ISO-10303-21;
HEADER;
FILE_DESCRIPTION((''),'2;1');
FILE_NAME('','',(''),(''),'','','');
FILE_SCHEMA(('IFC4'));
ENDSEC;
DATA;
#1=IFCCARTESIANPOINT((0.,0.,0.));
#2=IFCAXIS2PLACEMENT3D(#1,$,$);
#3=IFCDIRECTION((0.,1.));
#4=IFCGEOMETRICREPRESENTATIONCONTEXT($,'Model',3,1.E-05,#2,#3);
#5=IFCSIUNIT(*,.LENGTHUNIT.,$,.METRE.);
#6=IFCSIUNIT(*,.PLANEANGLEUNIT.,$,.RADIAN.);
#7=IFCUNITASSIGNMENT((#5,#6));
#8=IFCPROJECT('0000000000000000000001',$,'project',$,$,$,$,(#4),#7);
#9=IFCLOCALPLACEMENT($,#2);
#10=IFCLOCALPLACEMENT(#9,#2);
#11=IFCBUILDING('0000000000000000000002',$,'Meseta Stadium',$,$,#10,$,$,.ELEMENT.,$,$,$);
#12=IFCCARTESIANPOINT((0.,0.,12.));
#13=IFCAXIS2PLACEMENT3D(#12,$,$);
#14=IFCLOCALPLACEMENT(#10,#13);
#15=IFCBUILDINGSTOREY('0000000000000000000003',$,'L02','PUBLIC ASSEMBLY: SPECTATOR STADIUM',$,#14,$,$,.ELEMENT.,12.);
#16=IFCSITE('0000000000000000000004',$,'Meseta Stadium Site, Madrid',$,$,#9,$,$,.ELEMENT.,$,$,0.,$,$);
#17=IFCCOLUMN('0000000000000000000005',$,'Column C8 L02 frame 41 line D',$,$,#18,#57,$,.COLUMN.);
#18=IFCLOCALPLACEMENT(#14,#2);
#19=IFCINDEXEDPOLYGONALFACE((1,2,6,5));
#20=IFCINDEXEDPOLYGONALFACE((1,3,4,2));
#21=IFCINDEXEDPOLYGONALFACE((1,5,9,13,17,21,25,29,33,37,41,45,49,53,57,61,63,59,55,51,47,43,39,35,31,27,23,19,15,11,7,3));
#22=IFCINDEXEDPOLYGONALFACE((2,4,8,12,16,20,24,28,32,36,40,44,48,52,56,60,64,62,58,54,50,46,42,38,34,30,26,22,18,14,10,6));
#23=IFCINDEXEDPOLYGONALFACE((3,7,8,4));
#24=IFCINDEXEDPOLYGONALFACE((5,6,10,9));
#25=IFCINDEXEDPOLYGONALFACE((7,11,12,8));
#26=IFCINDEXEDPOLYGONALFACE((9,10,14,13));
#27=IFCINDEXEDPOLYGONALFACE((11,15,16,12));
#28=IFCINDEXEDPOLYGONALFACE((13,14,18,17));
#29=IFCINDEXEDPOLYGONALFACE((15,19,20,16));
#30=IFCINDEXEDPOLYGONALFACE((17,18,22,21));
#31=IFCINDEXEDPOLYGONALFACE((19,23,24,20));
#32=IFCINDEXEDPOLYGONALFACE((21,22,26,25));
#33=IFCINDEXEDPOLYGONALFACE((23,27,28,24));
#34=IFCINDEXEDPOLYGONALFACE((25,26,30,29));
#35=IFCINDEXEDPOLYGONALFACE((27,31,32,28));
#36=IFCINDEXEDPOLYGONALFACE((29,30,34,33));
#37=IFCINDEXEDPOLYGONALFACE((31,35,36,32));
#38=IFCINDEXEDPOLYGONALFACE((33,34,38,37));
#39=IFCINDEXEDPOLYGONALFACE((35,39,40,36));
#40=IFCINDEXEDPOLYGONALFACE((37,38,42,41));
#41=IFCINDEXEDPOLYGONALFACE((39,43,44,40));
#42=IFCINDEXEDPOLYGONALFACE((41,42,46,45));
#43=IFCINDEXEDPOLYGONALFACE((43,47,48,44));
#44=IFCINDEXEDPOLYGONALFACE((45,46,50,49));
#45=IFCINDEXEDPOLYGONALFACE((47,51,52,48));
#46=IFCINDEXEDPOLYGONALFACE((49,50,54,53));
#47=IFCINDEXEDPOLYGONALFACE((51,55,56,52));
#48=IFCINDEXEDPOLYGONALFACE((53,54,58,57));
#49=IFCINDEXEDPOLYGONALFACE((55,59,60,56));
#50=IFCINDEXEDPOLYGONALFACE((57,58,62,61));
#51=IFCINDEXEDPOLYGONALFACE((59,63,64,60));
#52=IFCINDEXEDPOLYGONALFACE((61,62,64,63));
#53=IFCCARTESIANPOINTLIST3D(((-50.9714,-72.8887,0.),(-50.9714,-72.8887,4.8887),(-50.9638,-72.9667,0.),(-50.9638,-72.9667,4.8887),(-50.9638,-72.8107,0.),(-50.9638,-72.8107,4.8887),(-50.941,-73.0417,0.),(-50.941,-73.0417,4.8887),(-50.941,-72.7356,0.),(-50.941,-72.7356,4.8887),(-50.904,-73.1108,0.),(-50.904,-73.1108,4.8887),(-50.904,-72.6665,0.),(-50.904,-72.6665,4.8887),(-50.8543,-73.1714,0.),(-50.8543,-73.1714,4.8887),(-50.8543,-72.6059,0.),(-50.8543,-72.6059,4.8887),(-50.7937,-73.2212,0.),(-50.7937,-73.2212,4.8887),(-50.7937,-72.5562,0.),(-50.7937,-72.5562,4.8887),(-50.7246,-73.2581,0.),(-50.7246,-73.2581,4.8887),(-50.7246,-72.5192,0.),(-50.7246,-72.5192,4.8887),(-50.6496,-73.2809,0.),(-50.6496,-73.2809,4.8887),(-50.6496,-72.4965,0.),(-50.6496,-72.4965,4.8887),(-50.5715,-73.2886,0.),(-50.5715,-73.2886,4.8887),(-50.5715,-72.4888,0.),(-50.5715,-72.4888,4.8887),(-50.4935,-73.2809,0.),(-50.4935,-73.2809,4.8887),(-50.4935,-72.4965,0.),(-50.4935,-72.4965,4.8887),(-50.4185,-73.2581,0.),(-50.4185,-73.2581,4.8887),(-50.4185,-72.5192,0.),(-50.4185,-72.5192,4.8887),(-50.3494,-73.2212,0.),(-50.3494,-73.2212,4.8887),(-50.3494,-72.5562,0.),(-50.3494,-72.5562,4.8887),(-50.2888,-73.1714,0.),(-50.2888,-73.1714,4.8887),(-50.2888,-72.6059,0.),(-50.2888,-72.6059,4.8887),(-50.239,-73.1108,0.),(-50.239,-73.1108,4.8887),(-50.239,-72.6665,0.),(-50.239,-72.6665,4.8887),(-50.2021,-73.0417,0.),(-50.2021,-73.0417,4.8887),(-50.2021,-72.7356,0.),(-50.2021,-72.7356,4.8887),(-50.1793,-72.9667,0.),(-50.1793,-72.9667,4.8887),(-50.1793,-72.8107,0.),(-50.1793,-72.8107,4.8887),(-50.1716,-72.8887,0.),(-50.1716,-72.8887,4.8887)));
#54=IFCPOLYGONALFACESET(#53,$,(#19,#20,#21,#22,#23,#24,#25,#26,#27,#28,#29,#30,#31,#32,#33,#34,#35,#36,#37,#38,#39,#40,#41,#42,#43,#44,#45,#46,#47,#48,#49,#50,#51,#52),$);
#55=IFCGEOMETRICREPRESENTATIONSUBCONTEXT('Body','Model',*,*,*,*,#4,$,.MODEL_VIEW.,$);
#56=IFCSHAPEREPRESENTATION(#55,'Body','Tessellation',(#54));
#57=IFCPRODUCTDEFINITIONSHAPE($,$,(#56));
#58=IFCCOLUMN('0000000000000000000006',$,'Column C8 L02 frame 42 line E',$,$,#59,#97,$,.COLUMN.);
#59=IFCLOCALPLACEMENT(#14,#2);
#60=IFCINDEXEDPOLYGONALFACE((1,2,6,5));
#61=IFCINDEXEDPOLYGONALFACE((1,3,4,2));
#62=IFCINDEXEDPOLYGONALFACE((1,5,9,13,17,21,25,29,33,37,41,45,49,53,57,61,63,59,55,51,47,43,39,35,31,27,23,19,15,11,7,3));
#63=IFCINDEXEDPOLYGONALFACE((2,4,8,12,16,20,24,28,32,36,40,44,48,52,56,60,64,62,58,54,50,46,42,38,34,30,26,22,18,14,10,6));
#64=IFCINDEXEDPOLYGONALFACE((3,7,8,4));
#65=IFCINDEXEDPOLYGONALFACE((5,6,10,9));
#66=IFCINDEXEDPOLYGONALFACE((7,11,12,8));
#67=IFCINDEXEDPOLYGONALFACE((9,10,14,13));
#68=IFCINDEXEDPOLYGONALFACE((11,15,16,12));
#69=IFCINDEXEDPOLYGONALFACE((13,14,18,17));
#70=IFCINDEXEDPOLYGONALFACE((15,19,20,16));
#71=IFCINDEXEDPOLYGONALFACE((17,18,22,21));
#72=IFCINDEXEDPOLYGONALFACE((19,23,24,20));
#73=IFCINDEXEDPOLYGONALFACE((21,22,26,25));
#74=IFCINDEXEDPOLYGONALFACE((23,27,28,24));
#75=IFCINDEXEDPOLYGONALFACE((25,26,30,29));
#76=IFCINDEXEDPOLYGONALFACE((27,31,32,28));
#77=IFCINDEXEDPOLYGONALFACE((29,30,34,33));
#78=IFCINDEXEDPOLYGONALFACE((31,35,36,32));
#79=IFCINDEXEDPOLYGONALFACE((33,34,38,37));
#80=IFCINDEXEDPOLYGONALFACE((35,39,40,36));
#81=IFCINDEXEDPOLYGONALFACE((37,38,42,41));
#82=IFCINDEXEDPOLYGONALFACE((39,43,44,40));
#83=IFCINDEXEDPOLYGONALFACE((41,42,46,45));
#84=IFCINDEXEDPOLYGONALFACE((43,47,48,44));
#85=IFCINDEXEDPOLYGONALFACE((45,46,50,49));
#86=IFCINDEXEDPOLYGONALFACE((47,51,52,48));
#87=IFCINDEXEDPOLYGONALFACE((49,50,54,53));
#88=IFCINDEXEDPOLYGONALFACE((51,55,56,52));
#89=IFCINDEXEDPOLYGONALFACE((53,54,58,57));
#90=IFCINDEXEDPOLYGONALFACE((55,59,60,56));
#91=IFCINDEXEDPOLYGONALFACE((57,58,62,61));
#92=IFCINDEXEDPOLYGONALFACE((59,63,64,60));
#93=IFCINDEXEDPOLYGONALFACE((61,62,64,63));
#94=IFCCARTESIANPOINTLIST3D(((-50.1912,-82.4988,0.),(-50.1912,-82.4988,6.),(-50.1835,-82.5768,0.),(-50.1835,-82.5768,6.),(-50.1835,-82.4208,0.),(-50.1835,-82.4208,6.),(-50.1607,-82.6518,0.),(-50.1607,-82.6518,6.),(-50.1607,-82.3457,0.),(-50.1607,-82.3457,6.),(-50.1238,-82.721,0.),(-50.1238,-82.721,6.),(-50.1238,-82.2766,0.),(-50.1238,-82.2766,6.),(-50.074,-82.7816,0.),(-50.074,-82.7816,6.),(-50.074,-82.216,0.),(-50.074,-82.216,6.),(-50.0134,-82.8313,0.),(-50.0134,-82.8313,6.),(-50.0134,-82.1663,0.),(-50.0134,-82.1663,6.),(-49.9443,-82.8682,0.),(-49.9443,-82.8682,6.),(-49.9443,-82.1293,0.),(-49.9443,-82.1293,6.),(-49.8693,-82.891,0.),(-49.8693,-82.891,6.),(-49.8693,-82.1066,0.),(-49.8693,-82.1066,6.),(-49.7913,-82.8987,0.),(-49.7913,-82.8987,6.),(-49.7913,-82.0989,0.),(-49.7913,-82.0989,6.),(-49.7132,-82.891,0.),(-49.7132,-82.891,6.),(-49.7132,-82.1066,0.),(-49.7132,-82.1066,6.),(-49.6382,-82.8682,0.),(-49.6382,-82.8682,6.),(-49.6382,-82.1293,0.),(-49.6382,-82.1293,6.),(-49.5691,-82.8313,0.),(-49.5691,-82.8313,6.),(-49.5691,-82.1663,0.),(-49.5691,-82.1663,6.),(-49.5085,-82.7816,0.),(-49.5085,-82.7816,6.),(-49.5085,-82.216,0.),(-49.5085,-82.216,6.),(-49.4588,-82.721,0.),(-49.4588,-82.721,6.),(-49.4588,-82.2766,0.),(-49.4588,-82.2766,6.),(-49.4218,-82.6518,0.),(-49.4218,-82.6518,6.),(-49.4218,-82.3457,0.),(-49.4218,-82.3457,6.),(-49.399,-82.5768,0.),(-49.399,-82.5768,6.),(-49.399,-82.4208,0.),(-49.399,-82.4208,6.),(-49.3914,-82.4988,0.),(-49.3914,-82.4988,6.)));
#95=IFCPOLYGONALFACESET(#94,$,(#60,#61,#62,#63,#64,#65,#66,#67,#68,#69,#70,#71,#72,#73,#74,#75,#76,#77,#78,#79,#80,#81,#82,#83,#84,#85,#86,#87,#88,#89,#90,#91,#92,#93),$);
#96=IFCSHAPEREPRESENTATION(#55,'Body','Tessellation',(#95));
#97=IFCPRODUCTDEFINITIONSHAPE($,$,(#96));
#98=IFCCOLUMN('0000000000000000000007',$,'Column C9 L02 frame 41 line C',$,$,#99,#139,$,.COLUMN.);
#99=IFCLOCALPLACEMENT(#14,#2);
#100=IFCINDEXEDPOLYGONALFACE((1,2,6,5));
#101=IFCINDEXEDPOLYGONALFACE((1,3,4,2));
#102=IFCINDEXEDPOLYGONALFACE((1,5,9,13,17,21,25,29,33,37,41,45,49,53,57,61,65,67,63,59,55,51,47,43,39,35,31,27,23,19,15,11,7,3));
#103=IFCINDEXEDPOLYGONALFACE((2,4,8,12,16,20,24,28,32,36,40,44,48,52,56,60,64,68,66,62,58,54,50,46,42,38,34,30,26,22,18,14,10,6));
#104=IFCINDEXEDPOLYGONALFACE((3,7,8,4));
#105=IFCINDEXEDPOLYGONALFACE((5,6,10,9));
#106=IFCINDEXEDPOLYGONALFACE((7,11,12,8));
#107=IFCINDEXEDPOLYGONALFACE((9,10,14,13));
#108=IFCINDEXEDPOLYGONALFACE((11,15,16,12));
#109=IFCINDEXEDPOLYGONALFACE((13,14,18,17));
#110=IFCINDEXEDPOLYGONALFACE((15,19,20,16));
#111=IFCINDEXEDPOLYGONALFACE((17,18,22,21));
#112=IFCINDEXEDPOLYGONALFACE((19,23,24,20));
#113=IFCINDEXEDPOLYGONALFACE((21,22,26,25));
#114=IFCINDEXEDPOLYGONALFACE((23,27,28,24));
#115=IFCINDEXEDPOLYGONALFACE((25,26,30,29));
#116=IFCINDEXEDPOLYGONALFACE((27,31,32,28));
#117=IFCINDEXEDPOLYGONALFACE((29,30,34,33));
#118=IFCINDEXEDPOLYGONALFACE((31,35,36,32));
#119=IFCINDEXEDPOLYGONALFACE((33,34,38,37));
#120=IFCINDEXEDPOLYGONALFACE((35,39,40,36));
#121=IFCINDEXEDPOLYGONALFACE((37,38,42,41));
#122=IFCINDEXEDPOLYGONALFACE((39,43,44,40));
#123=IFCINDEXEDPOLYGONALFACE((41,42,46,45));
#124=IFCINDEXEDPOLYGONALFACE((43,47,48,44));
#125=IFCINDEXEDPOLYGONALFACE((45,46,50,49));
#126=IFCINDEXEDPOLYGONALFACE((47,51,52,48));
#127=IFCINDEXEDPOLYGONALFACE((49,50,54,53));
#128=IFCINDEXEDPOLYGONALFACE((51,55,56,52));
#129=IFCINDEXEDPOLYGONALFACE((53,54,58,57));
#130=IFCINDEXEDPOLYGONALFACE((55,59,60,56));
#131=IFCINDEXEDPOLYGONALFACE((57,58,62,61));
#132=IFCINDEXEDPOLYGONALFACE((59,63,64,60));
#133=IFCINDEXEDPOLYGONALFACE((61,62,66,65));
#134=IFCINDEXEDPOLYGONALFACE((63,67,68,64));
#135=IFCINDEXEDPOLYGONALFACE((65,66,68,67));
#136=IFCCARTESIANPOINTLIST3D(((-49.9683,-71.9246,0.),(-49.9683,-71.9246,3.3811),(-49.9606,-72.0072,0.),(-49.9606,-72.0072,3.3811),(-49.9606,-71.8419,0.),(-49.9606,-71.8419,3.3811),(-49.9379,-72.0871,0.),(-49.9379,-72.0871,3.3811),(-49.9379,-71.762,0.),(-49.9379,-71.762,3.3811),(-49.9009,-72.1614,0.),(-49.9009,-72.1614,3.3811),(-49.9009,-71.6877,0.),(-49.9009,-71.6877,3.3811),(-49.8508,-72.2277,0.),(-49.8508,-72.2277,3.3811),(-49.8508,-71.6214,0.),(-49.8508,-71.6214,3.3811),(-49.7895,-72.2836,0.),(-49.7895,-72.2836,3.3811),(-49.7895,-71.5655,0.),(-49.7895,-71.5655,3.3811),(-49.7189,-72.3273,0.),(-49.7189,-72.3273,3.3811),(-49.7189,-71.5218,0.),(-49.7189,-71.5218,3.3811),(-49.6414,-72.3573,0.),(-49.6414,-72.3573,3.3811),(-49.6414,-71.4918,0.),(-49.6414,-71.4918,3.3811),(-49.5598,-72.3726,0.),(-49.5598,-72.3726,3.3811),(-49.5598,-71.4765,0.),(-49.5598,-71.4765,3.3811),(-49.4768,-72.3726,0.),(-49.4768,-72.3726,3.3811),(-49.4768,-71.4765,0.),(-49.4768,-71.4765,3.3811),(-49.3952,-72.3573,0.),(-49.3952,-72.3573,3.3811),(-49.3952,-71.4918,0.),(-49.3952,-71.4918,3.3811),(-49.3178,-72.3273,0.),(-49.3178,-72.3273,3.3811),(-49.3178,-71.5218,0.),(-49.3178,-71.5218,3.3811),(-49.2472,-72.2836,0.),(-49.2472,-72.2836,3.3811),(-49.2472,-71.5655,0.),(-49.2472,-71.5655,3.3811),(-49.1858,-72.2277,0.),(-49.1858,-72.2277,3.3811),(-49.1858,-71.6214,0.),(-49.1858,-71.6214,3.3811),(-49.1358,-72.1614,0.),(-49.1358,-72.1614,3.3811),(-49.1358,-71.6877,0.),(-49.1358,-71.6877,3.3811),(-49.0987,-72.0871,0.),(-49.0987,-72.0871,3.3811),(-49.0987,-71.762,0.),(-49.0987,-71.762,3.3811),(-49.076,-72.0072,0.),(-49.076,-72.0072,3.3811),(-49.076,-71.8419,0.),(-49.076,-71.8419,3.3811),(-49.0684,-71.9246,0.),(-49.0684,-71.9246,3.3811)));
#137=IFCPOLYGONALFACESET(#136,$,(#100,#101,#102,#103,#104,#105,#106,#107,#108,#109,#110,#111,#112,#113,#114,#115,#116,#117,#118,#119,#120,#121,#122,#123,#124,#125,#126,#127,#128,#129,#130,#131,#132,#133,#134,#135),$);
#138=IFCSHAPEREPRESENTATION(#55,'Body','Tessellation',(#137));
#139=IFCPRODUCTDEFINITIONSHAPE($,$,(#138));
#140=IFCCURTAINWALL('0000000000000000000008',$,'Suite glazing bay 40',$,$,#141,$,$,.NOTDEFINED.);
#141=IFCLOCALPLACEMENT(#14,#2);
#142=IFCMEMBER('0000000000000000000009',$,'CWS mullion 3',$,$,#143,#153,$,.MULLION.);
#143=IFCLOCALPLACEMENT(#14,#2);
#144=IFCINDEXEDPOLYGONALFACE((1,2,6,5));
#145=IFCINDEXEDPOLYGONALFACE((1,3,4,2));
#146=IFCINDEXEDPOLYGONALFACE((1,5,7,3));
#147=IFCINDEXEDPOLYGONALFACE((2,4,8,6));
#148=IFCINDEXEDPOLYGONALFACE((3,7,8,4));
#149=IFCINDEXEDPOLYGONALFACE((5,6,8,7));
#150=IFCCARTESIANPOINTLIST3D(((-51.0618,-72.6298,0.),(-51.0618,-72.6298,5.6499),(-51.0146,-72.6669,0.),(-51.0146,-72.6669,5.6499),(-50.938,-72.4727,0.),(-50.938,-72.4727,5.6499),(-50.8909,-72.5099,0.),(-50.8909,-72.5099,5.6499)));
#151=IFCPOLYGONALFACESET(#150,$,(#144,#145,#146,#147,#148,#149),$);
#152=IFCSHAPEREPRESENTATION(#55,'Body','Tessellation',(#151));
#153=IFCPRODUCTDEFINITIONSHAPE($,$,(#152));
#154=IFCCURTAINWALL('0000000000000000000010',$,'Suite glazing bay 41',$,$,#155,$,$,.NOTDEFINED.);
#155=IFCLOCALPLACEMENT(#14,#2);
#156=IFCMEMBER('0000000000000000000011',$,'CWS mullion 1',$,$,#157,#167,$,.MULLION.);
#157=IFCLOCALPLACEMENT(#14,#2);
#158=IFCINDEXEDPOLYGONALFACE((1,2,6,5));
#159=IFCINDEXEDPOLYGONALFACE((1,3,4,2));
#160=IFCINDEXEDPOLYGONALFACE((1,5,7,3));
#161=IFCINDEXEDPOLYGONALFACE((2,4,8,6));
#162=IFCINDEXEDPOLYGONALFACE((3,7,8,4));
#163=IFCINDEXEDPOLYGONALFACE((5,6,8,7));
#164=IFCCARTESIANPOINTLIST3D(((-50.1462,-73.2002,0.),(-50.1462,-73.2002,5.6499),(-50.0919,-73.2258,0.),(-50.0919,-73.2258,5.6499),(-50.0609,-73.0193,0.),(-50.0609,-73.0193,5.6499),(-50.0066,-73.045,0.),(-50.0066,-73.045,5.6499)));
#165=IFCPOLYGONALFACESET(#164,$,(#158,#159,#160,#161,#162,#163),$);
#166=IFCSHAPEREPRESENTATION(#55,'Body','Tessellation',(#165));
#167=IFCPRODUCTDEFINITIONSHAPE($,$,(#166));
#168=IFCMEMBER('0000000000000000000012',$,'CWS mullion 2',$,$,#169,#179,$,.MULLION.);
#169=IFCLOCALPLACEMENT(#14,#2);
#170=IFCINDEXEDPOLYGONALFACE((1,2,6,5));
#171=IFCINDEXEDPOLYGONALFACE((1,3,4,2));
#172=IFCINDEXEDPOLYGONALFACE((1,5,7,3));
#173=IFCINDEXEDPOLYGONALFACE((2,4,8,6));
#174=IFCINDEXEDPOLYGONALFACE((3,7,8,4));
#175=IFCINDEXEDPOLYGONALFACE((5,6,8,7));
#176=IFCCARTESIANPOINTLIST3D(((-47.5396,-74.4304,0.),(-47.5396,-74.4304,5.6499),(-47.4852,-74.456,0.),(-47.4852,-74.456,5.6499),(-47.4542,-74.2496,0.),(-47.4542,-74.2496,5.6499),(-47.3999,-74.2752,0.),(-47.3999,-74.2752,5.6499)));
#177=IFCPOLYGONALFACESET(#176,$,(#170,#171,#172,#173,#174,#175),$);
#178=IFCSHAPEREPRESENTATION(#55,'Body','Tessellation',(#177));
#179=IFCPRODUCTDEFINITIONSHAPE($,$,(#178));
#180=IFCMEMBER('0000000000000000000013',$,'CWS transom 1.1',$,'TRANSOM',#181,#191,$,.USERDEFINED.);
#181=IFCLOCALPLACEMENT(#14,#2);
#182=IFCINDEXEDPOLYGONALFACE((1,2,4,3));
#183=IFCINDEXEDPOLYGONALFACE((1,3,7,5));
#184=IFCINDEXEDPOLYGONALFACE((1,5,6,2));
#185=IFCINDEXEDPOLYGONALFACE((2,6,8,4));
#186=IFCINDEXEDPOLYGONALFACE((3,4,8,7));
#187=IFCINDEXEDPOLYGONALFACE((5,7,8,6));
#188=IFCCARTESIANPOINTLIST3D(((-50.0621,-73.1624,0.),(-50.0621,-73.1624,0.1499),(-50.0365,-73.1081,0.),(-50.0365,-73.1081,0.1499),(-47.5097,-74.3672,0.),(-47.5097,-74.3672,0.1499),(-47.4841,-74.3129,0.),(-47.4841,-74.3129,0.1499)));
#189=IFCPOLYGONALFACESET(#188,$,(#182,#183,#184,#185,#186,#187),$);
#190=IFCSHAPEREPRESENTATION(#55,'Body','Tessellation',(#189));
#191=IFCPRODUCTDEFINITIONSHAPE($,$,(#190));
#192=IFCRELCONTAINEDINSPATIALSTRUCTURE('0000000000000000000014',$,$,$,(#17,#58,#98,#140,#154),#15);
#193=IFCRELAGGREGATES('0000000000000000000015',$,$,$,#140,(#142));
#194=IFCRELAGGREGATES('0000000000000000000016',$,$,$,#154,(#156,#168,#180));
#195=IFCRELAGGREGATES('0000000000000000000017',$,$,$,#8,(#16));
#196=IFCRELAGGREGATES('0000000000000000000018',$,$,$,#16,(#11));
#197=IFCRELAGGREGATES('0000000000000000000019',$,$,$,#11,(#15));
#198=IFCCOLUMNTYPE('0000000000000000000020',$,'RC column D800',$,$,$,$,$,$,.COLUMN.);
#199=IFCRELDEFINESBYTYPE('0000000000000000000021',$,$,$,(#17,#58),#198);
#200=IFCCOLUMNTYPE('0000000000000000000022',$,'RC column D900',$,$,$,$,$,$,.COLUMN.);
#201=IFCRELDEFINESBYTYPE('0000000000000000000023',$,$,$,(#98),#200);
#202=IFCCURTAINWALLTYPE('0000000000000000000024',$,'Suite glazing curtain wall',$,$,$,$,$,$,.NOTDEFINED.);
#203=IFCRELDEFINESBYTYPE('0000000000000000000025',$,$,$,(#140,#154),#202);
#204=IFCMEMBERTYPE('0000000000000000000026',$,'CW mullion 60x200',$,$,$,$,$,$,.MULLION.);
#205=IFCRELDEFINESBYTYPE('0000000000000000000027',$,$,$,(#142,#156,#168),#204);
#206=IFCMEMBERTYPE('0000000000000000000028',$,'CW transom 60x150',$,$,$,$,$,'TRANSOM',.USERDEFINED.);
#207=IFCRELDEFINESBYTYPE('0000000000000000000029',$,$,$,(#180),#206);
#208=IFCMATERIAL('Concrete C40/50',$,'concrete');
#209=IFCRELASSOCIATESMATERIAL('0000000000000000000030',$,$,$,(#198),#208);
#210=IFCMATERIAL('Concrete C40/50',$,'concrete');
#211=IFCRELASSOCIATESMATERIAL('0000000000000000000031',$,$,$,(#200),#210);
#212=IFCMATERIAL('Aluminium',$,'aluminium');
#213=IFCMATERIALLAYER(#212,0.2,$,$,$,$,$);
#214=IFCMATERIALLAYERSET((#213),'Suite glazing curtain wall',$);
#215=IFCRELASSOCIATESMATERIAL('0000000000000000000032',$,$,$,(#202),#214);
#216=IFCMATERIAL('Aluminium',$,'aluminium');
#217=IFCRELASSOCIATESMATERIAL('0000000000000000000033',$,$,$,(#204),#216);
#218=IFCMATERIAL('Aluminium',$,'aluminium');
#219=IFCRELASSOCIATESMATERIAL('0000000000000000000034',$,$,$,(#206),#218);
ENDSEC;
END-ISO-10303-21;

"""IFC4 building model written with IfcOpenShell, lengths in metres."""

from ifc_helpers import new_model, si_unit, direction, frame, origin, origin_2d, place, context, subcontext, project, spatial, rectangle, circle, extrude, material, layer, layer_set, material_profile, profile_set, type_object, element, aggregate, save


model = new_model("IFC4")

# Units and contexts
model_context = context("Model", 3, precision=1e-05, world=origin(), true_north=direction((0.0, 1.0)))
body_context = subcontext(model_context, "Body", "Model", "MODEL_VIEW")
ifc_project = project(units=[si_unit("LENGTHUNIT", "METRE"), si_unit("PLANEANGLEUNIT", "RADIAN")], contexts=[model_context])

# Site, building, storey
site_placement = place(None, origin())
site = spatial("IfcSite", under=ifc_project, at=site_placement, Name="Meseta Stadium Site, Madrid", CompositionType="ELEMENT", RefElevation=0.0)
building_placement = place(site_placement, origin())
building = spatial("IfcBuilding", under=site, at=building_placement, Name="Meseta Stadium", CompositionType="ELEMENT")
storey_placement = place(building_placement, frame((0.0, 0.0, 12.0)))
storey = spatial("IfcBuildingStorey", under=building, at=storey_placement, Name="L02", Description="PUBLIC ASSEMBLY: SPECTATOR STADIUM", CompositionType="ELEMENT", Elevation=12.0)

# Columns
ifc_material_1 = material(Name="Concrete C40/50", Category="concrete")
ifc_material_profile_1 = material_profile(ifc_material_1, circle(Radius=0.3999, at=origin_2d()), Name="RC D800")
ifc_profile_set_1 = profile_set([ifc_material_profile_1], Name="Concrete C40/50")
column_type_1 = type_object("IfcColumnType", Name="RC column D800", PredefinedType="COLUMN", material=ifc_profile_set_1)
column_1_placement = place(storey_placement, frame((-50.5715, -72.8887, 0.0), z_axis=(0.0, 0.0, 1.0), x_axis=(1.0, 0.0, 0.0)))
element("IfcColumn", 1, at=column_1_placement, inside=storey, type_object=column_type_1, Name="Column C8 L02 frame 41 line D", PredefinedType="COLUMN", context=body_context, shape_type="SweptSolid", body=[
    extrude(circle(Radius=0.3999, at=origin_2d()), origin(), (0.0, 0.0, 1.0), 4.8887),
])
column_2_placement = place(storey_placement, frame((-49.7913, -82.4988, 0.0), z_axis=(0.0, 0.0, 1.0), x_axis=(1.0, 0.0, 0.0)))
element("IfcColumn", 2, at=column_2_placement, inside=storey, type_object=column_type_1, Name="Column C8 L02 frame 42 line E", PredefinedType="COLUMN", context=body_context, shape_type="SweptSolid", body=[
    extrude(circle(Radius=0.3999, at=origin_2d()), origin(), (0.0, 0.0, 1.0), 6.0),
])
ifc_material_2 = material(Name="Concrete C40/50", Category="concrete")
ifc_material_profile_2 = material_profile(ifc_material_2, circle(Radius=0.45, at=origin_2d()), Name="RC D900")
ifc_profile_set_2 = profile_set([ifc_material_profile_2], Name="Concrete C40/50")
column_type_2 = type_object("IfcColumnType", Name="RC column D900", PredefinedType="COLUMN", material=ifc_profile_set_2)
column_3_placement = place(storey_placement, frame((-49.5183, -71.9246, 0.0), z_axis=(0.0, 0.0, 1.0), x_axis=(1.0, 0.0, 0.0)))
element("IfcColumn", 3, at=column_3_placement, inside=storey, type_object=column_type_2, Name="Column C9 L02 frame 41 line C", PredefinedType="COLUMN", context=body_context, shape_type="SweptSolid", body=[
    extrude(circle(Radius=0.45, at=origin_2d()), origin(), (0.0, 0.0, 1.0), 3.3811),
])

# Curtain wall, member
ifc_material_3 = material(Name="Aluminium", Category="aluminium")
ifc_layer_1 = layer(ifc_material_3, 0.2)
ifc_layer_set_1 = layer_set([ifc_layer_1], Name="Suite glazing curtain wall")
curtain_wall_type = type_object("IfcCurtainWallType", Name="Suite glazing curtain wall", PredefinedType="NOTDEFINED", material=ifc_layer_set_1)
curtain_wall_1_placement = place(storey_placement, origin())
curtain_wall_1 = element("IfcCurtainWall", 4, at=curtain_wall_1_placement, inside=storey, type_object=curtain_wall_type, Name="Suite glazing bay 40", PredefinedType="NOTDEFINED")
ifc_material_4 = material(Name="Aluminium", Category="aluminium")
ifc_material_profile_3 = material_profile(ifc_material_4, rectangle(XDim=0.2, YDim=0.0601, at=origin_2d()), Name="CW 200x60")
ifc_profile_set_3 = profile_set([ifc_material_profile_3], Name="Aluminium")
member_type_1 = type_object("IfcMemberType", Name="CW mullion 60x200", PredefinedType="MULLION", material=ifc_profile_set_3)
member_1_placement = place(storey_placement, frame((-50.9763, -72.5698, 0.0), z_axis=(0.0, 0.0, 1.0), x_axis=(0.618944, 0.785435, 0.0)))
member_1 = element("IfcMember", 5, at=member_1_placement, type_object=member_type_1, Name="CWS mullion 3", PredefinedType="MULLION", context=body_context, shape_type="SweptSolid", body=[
    extrude(rectangle(XDim=0.2, YDim=0.0601, at=origin_2d()), origin(), (0.0, 0.0, 1.0), 5.6499),
])
aggregate(curtain_wall_1, [member_1])

# Curtain wall, members
curtain_wall_2_placement = place(storey_placement, origin())
curtain_wall_2 = element("IfcCurtainWall", 6, at=curtain_wall_2_placement, inside=storey, type_object=curtain_wall_type, Name="Suite glazing bay 41", PredefinedType="NOTDEFINED")
member_2_placement = place(storey_placement, frame((-50.0764, -73.1226, 0.0), z_axis=(0.0, 0.0, 1.0), x_axis=(0.426837, 0.904328, 0.0)))
member_2 = element("IfcMember", 7, at=member_2_placement, type_object=member_type_1, Name="CWS mullion 1", PredefinedType="MULLION", context=body_context, shape_type="SweptSolid", body=[
    extrude(rectangle(XDim=0.2, YDim=0.0601, at=origin_2d()), origin(), (0.0, 0.0, 1.0), 5.6499),
])
member_3_placement = place(storey_placement, frame((-47.4697, -74.3528, 0.0), z_axis=(0.0, 0.0, 1.0), x_axis=(0.426837, 0.904328, 0.0)))
member_3 = element("IfcMember", 8, at=member_3_placement, type_object=member_type_1, Name="CWS mullion 2", PredefinedType="MULLION", context=body_context, shape_type="SweptSolid", body=[
    extrude(rectangle(XDim=0.2, YDim=0.0601, at=origin_2d()), origin(), (0.0, 0.0, 1.0), 5.6499),
])
ifc_material_5 = material(Name="Aluminium", Category="aluminium")
ifc_material_profile_4 = material_profile(ifc_material_5, rectangle(XDim=0.0601, YDim=0.1499, at=origin_2d()), Name="CW 60x150")
ifc_profile_set_4 = profile_set([ifc_material_profile_4], Name="Aluminium")
member_type_2 = type_object("IfcMemberType", Name="CW transom 60x150", ElementType="TRANSOM", PredefinedType="USERDEFINED", material=ifc_profile_set_4)
member_4_placement = place(storey_placement, frame((-50.0493, -73.1353, 0.075), z_axis=(0.904318, -0.426859, 0.0), x_axis=(0.426859, 0.904318, 0.0)))
member_4 = element("IfcMember", 9, at=member_4_placement, type_object=member_type_2, Name="CWS transom 1.1", ObjectType="TRANSOM", PredefinedType="USERDEFINED", context=body_context, shape_type="SweptSolid", body=[
    extrude(rectangle(XDim=0.0601, YDim=0.1499, at=origin_2d()), origin(), (0.0, 0.0, 1.0), 2.8225),
])

aggregate(curtain_wall_2, [member_2, member_3, member_4])

save(model, "model.ifc")
